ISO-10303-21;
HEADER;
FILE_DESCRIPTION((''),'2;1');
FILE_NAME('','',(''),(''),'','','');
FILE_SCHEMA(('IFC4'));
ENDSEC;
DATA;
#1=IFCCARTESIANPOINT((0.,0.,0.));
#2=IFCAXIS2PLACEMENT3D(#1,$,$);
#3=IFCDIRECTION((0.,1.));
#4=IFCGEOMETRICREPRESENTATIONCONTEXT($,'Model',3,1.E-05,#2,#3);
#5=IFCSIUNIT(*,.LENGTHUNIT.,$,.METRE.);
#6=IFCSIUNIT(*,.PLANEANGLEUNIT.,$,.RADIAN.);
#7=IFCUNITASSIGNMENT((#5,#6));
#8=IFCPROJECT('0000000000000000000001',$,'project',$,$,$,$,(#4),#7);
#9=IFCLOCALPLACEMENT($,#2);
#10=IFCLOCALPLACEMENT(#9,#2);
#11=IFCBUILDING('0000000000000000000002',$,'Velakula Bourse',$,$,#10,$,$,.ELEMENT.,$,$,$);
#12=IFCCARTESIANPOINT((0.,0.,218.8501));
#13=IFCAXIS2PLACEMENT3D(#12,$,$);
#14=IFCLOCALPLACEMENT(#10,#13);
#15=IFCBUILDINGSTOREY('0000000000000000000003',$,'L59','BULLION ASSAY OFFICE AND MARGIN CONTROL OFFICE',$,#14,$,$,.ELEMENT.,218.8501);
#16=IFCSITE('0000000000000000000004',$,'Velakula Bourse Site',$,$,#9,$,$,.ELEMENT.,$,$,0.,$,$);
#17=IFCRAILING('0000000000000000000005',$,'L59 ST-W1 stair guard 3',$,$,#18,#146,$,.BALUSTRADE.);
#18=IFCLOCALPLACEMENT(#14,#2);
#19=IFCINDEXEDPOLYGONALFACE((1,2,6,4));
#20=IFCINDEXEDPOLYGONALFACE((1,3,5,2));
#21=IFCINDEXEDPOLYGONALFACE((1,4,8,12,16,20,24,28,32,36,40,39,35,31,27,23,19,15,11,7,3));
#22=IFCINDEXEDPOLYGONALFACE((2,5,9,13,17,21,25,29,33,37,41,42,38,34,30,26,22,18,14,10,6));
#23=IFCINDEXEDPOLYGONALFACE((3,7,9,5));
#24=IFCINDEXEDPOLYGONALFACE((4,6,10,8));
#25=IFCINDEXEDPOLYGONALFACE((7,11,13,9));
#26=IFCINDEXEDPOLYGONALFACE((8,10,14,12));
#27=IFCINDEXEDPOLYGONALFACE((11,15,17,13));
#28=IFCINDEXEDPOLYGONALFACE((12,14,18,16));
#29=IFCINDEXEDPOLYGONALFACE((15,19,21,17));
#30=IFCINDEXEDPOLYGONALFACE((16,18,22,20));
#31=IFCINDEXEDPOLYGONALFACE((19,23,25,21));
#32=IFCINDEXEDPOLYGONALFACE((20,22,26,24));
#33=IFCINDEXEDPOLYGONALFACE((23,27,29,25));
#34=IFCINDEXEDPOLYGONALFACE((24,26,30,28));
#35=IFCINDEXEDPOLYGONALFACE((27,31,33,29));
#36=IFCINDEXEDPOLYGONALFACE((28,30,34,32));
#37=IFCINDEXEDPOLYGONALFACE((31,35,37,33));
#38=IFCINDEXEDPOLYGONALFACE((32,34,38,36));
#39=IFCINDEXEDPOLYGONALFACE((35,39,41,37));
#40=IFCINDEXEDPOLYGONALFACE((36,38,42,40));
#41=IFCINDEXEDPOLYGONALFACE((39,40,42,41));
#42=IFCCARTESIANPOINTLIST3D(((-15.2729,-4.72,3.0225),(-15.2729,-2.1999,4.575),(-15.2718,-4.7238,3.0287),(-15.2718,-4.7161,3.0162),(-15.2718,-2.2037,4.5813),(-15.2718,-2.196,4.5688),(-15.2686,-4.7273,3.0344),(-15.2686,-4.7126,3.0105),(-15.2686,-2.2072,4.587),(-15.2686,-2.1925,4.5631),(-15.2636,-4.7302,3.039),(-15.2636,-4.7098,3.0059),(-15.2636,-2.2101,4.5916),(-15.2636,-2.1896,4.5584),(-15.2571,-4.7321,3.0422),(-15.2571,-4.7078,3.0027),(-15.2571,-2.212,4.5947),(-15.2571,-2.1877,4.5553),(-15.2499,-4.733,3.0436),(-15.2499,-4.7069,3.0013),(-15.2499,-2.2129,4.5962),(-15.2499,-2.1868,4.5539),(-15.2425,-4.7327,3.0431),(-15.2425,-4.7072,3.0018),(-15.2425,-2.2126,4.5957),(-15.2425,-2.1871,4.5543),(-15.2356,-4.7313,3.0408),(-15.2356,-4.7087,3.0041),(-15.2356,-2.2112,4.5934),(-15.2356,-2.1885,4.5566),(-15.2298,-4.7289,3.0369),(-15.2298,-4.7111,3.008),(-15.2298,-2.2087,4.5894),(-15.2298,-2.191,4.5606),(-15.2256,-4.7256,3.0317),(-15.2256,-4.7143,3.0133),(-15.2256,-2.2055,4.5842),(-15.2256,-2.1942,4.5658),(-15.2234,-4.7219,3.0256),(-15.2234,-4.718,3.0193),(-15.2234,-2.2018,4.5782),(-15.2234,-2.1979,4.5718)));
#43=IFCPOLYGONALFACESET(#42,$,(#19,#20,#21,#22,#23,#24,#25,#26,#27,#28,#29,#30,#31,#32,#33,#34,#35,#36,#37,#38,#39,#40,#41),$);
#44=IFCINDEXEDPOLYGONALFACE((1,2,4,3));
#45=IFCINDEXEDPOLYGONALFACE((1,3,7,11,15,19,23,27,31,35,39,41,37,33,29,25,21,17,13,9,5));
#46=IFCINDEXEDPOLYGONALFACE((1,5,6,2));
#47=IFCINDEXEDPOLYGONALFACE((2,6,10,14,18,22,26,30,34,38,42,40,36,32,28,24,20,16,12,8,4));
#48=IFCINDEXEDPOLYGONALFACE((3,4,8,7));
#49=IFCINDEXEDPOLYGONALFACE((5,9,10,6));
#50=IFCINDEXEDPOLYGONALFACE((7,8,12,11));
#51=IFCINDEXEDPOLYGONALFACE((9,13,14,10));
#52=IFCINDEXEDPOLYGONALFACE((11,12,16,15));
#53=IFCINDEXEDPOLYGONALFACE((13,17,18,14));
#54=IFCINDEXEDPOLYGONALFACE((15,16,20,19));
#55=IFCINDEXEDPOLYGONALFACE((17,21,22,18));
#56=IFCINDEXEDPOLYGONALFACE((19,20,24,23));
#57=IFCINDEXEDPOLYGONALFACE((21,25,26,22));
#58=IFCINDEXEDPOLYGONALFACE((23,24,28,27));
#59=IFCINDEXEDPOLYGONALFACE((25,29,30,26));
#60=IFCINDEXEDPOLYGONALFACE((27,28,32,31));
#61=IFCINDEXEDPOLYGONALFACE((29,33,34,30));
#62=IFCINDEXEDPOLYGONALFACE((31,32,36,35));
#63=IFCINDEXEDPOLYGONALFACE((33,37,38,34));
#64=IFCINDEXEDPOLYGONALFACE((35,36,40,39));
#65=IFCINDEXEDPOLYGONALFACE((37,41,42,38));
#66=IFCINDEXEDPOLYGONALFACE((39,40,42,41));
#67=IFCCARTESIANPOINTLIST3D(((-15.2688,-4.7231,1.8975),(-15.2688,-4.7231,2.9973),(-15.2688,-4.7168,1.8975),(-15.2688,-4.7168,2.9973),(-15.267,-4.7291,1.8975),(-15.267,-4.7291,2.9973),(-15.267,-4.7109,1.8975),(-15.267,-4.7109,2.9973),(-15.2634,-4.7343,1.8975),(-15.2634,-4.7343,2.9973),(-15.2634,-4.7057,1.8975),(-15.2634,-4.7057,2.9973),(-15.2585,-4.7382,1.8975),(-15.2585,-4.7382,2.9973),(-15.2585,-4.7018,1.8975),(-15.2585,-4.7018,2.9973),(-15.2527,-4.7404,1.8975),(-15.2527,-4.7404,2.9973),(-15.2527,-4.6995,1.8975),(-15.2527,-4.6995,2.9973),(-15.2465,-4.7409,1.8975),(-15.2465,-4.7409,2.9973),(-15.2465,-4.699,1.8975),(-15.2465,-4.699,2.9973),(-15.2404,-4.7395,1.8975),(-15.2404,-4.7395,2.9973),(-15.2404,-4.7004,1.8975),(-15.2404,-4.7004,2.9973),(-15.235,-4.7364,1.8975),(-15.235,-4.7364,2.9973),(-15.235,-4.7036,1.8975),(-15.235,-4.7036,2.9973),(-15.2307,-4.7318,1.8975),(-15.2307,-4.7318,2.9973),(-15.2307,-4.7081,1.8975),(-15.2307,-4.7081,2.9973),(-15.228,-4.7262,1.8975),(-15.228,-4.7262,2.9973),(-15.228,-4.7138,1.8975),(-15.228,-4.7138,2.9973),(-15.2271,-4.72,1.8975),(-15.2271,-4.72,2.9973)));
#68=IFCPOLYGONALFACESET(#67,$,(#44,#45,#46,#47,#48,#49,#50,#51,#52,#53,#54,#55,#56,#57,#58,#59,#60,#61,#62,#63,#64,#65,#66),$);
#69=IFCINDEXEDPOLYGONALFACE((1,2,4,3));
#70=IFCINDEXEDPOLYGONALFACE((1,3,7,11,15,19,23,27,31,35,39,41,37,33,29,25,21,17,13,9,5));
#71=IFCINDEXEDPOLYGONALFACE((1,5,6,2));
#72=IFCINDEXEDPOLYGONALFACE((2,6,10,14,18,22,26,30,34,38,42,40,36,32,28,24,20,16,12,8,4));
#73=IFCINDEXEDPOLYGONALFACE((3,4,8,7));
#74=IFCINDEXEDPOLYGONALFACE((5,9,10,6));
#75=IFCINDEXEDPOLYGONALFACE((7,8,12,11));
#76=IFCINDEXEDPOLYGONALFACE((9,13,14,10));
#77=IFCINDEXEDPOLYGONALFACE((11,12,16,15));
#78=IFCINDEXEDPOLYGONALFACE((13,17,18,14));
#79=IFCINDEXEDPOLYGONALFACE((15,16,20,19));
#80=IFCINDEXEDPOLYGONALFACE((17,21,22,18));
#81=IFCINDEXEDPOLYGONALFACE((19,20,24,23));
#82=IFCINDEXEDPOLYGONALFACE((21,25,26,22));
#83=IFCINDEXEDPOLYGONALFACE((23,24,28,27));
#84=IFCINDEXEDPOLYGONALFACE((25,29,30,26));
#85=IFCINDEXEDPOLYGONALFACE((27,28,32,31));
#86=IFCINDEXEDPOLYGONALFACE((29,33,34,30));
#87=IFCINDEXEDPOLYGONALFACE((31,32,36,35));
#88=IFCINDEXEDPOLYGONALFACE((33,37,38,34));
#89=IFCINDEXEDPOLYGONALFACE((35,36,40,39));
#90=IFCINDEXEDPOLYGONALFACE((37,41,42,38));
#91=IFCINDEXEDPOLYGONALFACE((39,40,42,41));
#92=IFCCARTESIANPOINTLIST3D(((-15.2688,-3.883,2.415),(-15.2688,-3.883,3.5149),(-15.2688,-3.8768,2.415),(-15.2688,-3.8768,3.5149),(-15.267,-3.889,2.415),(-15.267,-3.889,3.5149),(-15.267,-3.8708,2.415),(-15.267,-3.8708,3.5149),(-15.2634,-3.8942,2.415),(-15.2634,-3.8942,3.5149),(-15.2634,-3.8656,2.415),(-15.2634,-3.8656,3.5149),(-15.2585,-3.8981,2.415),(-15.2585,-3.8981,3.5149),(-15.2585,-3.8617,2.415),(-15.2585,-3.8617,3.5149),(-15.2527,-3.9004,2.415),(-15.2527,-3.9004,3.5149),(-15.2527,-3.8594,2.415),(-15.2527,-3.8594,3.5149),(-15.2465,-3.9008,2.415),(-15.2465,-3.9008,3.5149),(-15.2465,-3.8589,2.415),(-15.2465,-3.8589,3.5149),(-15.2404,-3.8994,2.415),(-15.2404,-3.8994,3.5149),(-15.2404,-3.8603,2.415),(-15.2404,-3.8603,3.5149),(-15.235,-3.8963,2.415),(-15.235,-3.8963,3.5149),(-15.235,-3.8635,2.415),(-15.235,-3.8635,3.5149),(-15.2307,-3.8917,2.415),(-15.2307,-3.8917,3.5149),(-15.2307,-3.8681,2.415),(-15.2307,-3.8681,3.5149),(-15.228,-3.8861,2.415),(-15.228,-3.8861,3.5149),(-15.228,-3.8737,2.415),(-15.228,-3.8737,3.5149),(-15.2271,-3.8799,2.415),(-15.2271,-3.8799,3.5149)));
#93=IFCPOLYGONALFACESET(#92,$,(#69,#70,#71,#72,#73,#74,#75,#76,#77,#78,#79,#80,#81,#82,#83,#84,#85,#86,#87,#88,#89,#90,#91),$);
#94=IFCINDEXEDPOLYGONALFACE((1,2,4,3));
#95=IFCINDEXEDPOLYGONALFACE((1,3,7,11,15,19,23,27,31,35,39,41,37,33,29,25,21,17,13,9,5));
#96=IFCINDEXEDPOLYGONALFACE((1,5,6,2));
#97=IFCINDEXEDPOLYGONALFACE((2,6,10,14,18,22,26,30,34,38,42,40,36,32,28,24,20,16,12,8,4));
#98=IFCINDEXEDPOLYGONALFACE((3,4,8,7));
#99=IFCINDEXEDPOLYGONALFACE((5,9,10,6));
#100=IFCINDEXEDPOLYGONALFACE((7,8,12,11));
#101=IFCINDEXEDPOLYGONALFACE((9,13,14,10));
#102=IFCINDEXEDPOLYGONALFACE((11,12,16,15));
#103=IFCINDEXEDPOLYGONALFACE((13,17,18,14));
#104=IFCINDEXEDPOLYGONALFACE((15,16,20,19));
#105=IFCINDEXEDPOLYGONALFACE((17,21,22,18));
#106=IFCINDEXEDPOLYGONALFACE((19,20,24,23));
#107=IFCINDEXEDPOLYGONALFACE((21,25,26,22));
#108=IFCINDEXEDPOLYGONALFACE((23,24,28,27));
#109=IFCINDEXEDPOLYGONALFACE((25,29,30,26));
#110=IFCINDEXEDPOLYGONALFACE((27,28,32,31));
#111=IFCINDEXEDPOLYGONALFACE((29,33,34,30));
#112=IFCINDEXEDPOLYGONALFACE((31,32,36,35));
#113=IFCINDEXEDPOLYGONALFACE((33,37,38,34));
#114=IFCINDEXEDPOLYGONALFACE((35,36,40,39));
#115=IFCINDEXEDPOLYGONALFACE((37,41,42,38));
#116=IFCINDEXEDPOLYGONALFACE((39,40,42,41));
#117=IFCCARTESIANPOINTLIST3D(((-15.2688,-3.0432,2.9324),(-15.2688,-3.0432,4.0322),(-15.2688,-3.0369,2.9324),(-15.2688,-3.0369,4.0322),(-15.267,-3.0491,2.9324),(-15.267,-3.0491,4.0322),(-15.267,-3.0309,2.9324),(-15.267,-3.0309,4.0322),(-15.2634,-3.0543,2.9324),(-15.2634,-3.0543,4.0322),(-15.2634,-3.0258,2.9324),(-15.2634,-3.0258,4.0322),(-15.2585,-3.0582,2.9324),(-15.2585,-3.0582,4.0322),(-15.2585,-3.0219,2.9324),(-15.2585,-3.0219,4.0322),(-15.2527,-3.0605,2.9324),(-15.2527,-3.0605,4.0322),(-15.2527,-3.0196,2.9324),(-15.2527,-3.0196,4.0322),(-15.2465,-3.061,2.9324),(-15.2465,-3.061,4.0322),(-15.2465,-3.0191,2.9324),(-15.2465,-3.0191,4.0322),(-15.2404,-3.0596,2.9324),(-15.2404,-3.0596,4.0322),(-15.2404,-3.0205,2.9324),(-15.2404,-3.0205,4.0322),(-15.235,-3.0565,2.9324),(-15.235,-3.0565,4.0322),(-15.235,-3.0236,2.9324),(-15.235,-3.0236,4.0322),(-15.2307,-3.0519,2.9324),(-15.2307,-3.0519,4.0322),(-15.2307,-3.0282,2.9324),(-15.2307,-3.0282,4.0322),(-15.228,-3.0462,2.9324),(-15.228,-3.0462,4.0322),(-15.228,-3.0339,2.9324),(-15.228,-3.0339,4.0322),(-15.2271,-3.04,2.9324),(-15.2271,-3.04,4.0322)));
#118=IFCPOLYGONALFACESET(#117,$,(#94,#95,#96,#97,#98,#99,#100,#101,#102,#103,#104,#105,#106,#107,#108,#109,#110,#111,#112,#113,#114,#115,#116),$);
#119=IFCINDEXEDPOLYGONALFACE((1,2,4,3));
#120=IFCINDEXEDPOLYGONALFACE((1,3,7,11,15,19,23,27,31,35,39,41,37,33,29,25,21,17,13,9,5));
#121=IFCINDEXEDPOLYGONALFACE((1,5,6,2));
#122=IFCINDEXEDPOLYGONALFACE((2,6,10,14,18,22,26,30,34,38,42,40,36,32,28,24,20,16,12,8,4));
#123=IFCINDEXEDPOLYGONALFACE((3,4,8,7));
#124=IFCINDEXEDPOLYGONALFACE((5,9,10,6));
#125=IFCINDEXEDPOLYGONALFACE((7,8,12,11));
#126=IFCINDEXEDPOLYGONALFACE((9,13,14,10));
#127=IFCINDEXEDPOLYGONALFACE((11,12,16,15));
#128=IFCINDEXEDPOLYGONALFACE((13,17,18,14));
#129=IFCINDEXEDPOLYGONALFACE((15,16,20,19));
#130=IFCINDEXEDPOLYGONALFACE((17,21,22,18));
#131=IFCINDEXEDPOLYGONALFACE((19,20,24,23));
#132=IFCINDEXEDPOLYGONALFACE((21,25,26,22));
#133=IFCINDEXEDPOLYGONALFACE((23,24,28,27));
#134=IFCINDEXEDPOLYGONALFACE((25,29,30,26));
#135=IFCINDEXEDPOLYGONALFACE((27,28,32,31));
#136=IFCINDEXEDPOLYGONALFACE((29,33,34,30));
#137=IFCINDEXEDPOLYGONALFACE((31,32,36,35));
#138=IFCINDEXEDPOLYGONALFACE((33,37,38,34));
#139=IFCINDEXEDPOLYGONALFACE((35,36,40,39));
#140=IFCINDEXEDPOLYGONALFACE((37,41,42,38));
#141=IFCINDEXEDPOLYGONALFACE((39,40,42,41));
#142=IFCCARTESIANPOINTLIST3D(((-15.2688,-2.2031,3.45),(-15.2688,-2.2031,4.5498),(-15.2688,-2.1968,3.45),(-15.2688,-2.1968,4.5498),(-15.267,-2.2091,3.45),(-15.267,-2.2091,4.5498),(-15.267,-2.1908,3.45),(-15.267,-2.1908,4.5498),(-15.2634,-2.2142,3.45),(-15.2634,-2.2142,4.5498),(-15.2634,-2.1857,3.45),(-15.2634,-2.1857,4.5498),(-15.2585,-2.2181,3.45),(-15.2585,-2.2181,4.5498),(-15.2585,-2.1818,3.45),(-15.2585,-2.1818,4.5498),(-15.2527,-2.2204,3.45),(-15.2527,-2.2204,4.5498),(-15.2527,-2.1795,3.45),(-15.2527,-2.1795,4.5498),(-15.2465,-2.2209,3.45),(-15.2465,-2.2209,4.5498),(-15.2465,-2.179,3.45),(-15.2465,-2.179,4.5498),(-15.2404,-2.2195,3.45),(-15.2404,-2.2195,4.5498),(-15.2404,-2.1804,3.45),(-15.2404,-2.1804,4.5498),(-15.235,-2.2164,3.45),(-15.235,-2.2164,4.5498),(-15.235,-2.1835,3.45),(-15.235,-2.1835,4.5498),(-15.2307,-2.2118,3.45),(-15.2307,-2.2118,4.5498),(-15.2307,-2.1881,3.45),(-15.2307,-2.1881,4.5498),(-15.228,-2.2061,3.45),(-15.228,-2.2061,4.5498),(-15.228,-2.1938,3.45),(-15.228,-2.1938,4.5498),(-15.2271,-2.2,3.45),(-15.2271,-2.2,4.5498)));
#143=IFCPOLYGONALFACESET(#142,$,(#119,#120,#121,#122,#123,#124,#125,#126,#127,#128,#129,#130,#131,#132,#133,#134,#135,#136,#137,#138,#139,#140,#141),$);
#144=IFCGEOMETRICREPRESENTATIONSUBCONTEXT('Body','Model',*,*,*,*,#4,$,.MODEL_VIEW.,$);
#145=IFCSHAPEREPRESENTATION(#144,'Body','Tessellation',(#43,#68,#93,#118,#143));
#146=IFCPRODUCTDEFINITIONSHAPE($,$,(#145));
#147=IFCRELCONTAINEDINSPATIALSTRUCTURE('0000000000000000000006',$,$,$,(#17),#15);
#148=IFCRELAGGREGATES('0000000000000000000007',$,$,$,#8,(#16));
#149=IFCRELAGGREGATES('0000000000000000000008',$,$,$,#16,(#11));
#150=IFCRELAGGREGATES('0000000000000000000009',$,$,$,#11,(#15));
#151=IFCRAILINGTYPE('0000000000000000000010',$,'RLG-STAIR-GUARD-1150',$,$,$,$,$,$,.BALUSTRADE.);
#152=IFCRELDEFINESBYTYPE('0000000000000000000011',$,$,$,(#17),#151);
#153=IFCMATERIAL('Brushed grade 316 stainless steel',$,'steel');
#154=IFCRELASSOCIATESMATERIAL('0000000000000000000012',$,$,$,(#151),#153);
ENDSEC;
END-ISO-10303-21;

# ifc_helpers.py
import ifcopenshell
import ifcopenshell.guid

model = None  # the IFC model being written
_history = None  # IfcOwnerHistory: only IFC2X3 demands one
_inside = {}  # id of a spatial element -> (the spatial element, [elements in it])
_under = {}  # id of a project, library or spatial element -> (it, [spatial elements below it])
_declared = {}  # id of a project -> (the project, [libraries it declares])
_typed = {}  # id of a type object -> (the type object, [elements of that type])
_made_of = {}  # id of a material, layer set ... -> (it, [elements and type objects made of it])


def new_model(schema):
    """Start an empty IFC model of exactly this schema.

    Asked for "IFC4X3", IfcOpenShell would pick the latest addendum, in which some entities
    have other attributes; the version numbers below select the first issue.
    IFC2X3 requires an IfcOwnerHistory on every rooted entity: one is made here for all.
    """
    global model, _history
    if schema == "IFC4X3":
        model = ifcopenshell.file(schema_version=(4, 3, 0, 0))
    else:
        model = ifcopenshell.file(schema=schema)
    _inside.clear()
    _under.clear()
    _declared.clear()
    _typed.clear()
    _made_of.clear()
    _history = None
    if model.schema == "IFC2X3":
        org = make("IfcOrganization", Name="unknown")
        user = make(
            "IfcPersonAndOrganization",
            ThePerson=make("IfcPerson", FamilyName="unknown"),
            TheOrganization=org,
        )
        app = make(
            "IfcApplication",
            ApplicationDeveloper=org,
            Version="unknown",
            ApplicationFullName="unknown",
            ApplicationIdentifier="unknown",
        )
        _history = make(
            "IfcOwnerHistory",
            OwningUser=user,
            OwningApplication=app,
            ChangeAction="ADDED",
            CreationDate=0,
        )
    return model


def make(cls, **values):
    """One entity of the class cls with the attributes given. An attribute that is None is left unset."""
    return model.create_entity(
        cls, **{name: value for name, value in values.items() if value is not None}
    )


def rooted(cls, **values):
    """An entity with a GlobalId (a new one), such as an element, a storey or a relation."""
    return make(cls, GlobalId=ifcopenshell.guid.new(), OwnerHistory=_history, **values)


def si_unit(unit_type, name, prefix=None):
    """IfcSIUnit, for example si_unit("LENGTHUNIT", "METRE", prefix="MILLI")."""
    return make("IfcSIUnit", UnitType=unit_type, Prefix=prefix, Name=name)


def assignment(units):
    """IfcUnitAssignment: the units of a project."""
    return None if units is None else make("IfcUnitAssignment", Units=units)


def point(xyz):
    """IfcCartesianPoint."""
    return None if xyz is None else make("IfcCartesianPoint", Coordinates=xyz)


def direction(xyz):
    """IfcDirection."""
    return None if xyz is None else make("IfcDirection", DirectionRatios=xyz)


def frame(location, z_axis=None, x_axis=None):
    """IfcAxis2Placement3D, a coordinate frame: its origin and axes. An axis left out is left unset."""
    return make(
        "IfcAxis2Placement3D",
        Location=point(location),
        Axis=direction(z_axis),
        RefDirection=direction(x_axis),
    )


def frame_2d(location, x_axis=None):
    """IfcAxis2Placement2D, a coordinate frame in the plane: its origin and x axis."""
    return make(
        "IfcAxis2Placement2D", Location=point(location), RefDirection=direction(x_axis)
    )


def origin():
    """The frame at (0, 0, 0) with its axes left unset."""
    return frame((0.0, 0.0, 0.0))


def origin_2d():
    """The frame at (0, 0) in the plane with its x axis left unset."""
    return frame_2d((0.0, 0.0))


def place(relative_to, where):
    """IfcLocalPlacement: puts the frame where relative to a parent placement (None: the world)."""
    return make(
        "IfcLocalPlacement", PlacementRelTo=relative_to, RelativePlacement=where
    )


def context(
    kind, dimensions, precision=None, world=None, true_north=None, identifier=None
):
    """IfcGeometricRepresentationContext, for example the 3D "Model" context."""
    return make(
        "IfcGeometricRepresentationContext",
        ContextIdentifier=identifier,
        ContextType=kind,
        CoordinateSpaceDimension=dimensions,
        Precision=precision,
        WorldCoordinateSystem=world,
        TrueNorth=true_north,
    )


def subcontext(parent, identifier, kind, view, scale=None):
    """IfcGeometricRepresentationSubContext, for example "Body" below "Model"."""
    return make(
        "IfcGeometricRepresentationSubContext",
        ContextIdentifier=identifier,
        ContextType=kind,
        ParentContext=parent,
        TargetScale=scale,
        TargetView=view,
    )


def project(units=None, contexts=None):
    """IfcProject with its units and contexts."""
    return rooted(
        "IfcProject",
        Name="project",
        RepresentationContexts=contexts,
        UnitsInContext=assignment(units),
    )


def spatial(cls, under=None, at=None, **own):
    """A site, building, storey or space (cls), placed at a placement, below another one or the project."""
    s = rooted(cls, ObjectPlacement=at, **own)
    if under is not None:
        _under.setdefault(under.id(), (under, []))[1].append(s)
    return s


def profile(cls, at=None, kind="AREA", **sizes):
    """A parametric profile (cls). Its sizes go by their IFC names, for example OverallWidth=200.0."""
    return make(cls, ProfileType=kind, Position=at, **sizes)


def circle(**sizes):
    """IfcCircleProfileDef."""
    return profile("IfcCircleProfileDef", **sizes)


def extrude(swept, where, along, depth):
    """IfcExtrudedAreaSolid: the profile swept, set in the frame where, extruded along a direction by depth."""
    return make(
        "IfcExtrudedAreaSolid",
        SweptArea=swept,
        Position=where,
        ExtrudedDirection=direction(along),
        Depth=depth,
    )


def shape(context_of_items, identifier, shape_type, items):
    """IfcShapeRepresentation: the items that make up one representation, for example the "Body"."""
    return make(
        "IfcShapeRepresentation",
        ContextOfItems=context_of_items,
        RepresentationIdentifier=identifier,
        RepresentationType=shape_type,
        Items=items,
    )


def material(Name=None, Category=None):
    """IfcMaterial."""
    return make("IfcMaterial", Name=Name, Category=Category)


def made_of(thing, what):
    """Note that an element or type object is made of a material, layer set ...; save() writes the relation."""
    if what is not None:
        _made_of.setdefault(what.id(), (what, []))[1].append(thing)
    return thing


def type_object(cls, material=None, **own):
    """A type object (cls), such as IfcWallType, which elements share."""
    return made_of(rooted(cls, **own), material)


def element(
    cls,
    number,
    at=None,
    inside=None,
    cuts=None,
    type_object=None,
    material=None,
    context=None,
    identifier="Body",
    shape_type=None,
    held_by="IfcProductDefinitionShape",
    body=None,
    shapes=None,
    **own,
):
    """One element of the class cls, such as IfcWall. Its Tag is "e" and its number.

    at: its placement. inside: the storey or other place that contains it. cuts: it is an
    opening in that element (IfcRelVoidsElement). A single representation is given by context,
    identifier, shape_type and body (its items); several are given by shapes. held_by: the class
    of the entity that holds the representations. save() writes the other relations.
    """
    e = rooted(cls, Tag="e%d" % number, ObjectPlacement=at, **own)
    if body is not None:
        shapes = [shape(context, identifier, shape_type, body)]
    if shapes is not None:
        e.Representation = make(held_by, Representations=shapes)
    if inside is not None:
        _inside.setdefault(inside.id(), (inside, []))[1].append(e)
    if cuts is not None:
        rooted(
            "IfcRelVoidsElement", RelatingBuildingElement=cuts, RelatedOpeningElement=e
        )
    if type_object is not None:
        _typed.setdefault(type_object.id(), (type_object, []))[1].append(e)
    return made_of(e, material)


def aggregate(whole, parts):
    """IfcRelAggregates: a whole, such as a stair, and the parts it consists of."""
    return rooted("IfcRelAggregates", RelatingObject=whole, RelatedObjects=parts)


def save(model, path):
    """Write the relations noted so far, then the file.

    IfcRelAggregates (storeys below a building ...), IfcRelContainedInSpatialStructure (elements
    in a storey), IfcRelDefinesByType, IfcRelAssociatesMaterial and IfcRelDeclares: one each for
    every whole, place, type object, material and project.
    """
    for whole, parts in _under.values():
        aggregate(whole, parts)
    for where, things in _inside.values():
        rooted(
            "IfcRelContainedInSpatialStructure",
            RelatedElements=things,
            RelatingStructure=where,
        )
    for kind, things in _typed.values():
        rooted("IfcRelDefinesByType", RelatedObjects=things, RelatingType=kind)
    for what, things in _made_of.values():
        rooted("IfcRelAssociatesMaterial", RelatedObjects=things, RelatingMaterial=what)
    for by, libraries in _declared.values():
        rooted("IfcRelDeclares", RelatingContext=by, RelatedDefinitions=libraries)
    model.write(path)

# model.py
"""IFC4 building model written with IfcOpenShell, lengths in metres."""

from ifc_helpers import new_model, si_unit, direction, frame, origin, origin_2d, place, context, subcontext, project, spatial, circle, extrude, material, type_object, element, save


model = new_model("IFC4")

# Units and contexts
model_context = context("Model", 3, precision=1e-05, world=origin(), true_north=direction((0.0, 1.0)))
body_context = subcontext(model_context, "Body", "Model", "MODEL_VIEW")
ifc_project = project(units=[si_unit("LENGTHUNIT", "METRE"), si_unit("PLANEANGLEUNIT", "RADIAN")], contexts=[model_context])

# Site, building, storey
site_placement = place(None, origin())
site = spatial("IfcSite", under=ifc_project, at=site_placement, Name="Velakula Bourse Site", CompositionType="ELEMENT", RefElevation=0.0)
building_placement = place(site_placement, origin())
building = spatial("IfcBuilding", under=site, at=building_placement, Name="Velakula Bourse", CompositionType="ELEMENT")
storey_placement = place(building_placement, frame((0.0, 0.0, 218.8501)))
storey = spatial("IfcBuildingStorey", under=building, at=storey_placement, Name="L59", Description="BULLION ASSAY OFFICE AND MARGIN CONTROL OFFICE", CompositionType="ELEMENT", Elevation=218.8501)

# Shared definitions
ifc_material_1 = material(Name="Brushed grade 316 stainless steel", Category="steel")

# Railing
railing_type_1 = type_object("IfcRailingType", Name="RLG-STAIR-GUARD-1150", PredefinedType="BALUSTRADE", material=ifc_material_1)
railing_1_placement = place(storey_placement, frame((-15.248, -4.72, 1.8975)))
element("IfcRailing", 1, at=railing_1_placement, inside=storey, type_object=railing_type_1, Name="L59 ST-W1 stair guard 3", PredefinedType="BALUSTRADE", context=body_context, shape_type="SweptSolid", body=[
    extrude(circle(Radius=0.0249, at=origin_2d()), frame((0.0, 0.0, 1.125), z_axis=(0.0, 0.8514, 0.524516), x_axis=(-1.0, 0.0, 0.0)), (0.0, 0.0, 1.0), 2.96),
    extrude(circle(Radius=0.021, at=origin_2d()), origin(), (0.0, 0.0, 1.0), 1.0999),
    extrude(circle(Radius=0.021, at=origin_2d()), frame((0.0, 0.8401, 0.5176)), (0.0, 0.0, 1.0), 1.0999),
    extrude(circle(Radius=0.021, at=origin_2d()), frame((0.0, 1.6799, 1.0349)), (0.0, 0.0, 1.0), 1.0999),
    extrude(circle(Radius=0.021, at=origin_2d()), frame((0.0, 2.52, 1.5525)), (0.0, 0.0, 1.0), 1.0999),
])

save(model, "model.ifc")
